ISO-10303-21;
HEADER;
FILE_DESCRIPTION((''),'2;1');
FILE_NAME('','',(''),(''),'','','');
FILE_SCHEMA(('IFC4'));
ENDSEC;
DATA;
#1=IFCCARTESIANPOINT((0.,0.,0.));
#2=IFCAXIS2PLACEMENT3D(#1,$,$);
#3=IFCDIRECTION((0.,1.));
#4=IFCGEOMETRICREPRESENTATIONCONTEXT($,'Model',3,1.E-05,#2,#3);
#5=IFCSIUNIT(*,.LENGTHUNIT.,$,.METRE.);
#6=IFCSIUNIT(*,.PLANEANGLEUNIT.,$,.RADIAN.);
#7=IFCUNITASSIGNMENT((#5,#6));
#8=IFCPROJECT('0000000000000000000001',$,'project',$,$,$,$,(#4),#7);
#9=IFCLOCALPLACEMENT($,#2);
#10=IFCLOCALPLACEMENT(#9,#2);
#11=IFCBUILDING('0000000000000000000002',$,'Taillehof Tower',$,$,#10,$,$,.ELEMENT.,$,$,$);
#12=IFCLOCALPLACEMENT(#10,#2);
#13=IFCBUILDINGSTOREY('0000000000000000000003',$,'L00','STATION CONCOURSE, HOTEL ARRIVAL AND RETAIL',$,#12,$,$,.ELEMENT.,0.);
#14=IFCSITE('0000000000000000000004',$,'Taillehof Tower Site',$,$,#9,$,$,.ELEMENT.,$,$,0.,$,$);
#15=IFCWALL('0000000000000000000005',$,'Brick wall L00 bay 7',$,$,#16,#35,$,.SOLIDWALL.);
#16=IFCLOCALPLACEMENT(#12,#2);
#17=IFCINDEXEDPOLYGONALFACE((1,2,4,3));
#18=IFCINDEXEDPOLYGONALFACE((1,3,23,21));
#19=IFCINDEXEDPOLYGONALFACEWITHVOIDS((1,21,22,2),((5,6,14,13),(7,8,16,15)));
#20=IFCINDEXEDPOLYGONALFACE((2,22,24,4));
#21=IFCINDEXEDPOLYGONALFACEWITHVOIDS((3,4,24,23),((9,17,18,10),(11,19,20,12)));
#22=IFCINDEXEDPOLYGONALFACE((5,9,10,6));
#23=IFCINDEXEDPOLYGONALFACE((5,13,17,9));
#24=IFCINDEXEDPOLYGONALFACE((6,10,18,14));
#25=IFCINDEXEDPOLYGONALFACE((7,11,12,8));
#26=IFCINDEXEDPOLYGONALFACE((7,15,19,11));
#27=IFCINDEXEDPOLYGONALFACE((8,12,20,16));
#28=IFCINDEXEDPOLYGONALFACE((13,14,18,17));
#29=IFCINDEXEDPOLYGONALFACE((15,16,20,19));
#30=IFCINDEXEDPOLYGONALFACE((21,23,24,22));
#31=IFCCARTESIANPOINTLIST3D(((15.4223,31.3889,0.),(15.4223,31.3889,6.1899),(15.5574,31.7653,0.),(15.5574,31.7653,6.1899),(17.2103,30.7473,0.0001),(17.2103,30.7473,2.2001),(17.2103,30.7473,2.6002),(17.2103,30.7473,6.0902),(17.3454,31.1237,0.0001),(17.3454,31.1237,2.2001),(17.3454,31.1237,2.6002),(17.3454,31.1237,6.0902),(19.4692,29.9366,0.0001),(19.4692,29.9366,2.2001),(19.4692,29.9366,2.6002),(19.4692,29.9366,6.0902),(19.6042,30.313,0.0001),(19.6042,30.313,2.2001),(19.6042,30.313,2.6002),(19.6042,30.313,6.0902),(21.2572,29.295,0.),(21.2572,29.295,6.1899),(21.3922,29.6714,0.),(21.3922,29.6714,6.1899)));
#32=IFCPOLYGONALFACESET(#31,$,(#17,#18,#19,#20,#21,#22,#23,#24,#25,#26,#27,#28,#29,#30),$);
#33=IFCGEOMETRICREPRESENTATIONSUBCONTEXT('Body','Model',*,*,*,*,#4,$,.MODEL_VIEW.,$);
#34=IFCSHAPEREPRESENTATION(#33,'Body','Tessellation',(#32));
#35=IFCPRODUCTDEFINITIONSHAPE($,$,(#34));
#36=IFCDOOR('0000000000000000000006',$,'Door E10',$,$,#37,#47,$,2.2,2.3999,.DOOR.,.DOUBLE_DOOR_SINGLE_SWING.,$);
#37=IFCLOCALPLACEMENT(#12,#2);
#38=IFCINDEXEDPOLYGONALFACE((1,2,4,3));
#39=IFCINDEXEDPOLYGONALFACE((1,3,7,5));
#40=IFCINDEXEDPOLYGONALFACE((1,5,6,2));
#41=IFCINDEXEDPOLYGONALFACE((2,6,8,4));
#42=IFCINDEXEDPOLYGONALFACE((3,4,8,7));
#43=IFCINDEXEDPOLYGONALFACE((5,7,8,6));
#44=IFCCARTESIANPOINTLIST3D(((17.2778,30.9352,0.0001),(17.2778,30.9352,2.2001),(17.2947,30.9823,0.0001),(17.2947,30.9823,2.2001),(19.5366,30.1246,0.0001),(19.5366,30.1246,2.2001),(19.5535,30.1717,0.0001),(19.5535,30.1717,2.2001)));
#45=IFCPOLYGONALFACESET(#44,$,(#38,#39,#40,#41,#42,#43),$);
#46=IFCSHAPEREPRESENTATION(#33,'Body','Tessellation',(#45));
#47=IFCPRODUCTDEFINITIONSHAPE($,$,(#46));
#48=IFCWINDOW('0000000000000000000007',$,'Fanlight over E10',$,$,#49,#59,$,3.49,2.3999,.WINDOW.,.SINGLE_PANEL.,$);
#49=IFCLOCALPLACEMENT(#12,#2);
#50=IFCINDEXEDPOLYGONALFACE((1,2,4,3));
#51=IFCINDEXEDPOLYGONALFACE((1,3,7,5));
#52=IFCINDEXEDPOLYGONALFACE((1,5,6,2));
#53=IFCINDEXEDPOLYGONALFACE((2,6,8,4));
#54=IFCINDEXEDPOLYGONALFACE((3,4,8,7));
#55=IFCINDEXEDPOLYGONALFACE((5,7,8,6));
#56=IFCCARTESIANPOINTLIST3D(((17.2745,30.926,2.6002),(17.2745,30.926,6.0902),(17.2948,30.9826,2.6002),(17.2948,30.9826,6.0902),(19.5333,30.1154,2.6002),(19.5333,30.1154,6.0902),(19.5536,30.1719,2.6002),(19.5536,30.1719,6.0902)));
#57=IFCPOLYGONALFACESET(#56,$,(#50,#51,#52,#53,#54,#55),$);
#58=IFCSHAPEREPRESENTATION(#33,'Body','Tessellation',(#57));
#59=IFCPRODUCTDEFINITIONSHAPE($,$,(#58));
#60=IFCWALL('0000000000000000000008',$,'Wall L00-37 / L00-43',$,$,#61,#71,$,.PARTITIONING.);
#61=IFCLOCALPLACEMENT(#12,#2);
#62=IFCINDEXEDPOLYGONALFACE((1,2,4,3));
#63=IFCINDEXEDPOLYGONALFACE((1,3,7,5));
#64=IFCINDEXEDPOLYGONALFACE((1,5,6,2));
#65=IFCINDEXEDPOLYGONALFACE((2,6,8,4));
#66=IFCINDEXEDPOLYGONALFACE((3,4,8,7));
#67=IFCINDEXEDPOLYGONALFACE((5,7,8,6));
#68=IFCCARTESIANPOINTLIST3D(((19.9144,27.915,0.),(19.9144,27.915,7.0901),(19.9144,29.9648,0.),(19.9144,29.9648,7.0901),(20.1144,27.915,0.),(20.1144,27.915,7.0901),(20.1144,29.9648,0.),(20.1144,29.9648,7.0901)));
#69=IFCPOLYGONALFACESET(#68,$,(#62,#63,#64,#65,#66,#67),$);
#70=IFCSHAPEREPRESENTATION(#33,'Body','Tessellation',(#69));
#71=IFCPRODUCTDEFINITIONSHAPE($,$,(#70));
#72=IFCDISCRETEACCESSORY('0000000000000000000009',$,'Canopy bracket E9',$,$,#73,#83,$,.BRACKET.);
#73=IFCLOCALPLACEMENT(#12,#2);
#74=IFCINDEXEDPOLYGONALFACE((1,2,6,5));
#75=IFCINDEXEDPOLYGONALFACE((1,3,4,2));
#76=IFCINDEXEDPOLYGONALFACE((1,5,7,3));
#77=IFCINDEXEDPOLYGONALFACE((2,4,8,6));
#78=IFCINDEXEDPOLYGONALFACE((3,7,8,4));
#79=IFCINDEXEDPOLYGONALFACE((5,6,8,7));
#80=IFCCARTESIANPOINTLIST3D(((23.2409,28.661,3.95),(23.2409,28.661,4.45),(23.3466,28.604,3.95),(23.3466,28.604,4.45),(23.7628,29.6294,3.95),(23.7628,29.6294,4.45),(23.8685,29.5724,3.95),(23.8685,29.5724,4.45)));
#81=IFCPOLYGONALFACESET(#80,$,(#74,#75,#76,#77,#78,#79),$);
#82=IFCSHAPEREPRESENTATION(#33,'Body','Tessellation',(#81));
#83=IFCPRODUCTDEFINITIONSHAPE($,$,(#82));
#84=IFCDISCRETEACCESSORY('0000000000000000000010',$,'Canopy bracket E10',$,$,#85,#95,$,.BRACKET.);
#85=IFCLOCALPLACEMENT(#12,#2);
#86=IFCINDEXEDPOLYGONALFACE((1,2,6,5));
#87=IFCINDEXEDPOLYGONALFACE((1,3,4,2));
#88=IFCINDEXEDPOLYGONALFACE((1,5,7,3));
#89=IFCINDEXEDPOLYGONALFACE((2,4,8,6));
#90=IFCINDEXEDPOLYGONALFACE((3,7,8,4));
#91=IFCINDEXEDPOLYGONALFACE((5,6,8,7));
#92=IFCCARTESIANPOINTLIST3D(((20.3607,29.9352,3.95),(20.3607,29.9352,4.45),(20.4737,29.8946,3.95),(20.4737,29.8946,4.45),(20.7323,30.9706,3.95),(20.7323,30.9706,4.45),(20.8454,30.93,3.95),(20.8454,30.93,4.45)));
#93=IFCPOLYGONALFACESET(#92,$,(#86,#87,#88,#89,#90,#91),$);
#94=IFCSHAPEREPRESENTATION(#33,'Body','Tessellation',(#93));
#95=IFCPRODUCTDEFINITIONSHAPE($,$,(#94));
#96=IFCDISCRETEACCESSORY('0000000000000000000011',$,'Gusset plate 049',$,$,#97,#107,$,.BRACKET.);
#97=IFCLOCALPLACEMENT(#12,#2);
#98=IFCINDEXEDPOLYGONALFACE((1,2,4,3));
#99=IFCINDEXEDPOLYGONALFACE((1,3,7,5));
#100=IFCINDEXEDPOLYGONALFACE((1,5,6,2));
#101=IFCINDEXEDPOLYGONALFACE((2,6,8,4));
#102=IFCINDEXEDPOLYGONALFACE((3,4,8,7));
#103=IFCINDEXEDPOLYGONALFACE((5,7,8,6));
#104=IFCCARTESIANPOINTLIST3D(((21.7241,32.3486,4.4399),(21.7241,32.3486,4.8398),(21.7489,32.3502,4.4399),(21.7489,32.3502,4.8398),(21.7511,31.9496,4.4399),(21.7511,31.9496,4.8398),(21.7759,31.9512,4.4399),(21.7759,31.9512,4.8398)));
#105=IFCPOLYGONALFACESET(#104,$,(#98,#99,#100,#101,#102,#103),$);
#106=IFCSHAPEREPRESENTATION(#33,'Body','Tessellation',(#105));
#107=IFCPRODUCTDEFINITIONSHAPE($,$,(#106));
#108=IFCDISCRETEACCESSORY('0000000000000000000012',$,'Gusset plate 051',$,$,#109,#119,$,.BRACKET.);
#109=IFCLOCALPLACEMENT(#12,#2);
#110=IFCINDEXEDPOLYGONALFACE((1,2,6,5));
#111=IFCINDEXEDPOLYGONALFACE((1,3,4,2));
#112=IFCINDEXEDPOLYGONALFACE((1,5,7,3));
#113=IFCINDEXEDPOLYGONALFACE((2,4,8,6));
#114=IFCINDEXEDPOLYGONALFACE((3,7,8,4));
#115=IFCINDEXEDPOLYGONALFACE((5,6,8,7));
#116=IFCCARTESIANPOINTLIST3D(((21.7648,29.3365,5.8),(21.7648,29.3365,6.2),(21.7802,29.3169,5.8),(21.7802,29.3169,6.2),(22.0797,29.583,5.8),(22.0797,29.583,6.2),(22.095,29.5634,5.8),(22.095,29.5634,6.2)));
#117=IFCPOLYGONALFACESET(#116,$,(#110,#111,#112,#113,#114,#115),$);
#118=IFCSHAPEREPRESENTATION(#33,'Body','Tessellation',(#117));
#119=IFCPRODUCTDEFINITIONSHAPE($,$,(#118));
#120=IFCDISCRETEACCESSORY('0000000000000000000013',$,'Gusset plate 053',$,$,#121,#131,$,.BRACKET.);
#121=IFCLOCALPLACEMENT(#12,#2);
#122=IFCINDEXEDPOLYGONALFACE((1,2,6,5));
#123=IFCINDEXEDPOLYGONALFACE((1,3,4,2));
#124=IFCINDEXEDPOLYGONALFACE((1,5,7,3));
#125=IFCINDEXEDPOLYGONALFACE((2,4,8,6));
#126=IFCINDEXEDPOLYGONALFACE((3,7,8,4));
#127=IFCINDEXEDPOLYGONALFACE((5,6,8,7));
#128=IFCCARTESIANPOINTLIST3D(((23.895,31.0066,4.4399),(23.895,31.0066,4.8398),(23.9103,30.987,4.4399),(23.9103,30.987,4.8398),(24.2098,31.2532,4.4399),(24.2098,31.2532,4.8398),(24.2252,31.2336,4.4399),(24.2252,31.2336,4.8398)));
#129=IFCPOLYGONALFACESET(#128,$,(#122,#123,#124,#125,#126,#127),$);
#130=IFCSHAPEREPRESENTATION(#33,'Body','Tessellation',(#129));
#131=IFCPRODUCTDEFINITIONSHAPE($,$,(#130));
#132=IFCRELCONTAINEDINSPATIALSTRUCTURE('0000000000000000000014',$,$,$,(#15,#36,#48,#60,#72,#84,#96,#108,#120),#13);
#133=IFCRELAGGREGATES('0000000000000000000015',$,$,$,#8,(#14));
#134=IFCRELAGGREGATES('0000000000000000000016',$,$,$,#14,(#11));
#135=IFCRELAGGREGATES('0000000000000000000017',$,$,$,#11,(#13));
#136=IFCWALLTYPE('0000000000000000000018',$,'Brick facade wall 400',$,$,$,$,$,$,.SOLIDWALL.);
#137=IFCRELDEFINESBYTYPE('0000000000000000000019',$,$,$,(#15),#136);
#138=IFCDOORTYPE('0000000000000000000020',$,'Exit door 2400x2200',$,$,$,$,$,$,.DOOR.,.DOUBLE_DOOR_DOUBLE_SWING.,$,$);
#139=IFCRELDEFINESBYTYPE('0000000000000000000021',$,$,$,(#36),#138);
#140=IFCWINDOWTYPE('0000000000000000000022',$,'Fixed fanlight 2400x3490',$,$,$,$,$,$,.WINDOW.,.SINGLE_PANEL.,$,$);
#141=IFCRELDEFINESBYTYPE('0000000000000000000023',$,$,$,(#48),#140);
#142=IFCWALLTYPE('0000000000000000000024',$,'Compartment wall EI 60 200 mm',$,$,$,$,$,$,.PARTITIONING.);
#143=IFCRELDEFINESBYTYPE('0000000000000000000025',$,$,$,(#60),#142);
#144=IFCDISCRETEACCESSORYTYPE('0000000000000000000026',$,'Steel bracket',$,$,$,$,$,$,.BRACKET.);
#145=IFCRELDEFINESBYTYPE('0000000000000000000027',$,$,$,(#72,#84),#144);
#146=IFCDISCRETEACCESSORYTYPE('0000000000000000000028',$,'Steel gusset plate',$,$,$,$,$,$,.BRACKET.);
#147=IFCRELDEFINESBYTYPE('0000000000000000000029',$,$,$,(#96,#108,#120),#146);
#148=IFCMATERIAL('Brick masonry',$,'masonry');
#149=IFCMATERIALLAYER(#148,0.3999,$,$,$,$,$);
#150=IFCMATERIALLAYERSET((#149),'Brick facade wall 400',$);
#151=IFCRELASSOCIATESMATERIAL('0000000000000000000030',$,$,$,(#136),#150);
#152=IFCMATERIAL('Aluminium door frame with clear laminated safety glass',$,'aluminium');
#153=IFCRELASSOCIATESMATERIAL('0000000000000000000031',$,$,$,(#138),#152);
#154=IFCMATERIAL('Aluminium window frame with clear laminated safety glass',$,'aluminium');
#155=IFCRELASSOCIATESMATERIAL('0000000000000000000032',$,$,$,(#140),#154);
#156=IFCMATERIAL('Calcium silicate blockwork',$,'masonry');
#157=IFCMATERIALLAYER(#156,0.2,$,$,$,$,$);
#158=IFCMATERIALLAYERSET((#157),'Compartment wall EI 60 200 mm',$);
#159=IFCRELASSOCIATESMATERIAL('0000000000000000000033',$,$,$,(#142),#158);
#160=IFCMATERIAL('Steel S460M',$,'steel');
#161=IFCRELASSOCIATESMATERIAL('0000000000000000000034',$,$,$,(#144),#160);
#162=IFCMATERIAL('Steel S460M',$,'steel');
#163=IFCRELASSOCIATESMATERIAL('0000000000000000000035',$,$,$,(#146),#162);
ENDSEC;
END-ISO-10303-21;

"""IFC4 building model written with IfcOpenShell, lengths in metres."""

from ifc_helpers import new_model, si_unit, direction, frame, frame_2d, origin, origin_2d, place, context, subcontext, project, spatial, rectangle, extrude, material, layer, layer_set, type_object, element, fill, save


model = new_model("IFC4")

# Units and contexts
model_context = context("Model", 3, precision=1e-05, world=origin(), true_north=direction((0.0, 1.0)))
body_context = subcontext(model_context, "Body", "Model", "MODEL_VIEW")
ifc_project = project(units=[si_unit("LENGTHUNIT", "METRE"), si_unit("PLANEANGLEUNIT", "RADIAN")], contexts=[model_context])

# Site, building, storey
site_placement = place(None, origin())
site = spatial("IfcSite", under=ifc_project, at=site_placement, Name="Taillehof Tower Site", CompositionType="ELEMENT", RefElevation=0.0)
building_placement = place(site_placement, origin())
building = spatial("IfcBuilding", under=site, at=building_placement, Name="Taillehof Tower", CompositionType="ELEMENT")
storey_placement = place(building_placement, origin())
storey = spatial("IfcBuildingStorey", under=building, at=storey_placement, Name="L00", Description="STATION CONCOURSE, HOTEL ARRIVAL AND RETAIL", CompositionType="ELEMENT", Elevation=0.0)

# Wall, openings, door, window
ifc_material_1 = material(Name="Brick masonry", Category="masonry")
ifc_layer_1 = layer(ifc_material_1, 0.3999)
ifc_layer_set_1 = layer_set([ifc_layer_1], Name="Brick facade wall 400")
wall_type_1 = type_object("IfcWallType", Name="Brick facade wall 400", PredefinedType="SOLIDWALL", material=ifc_layer_set_1)
wall_1_placement = place(storey_placement, frame((21.3247, 29.4832, 0.0), z_axis=(0.0, 0.0, 1.0), x_axis=(-0.941226, 0.337778, 0.0)))
wall_1 = element("IfcWall", 1, at=wall_1_placement, inside=storey, type_object=wall_type_1, Name="Brick wall L00 bay 7", PredefinedType="SOLIDWALL", context=body_context, shape_type="SweptSolid", body=[
    extrude(rectangle(XDim=6.1992, YDim=0.3999, at=frame_2d((3.0996, 0.0))), origin(), (0.0, 0.0, 1.0), 6.1899),
])
opening_1_placement = place(wall_1_placement, frame((1.8997, 0.0, 0.0)))
opening_1 = element("IfcOpeningElement", 2, at=opening_1_placement, cuts=wall_1, PredefinedType="OPENING", context=body_context, shape_type="SweptSolid", body=[
    extrude(rectangle(XDim=2.3999, YDim=2.2, at=frame_2d((1.2, 1.1001))), frame((0.0, 0.21, 0.0), z_axis=(0.0, -1.0, 0.0), x_axis=(1.0, 0.0, 0.0)), (0.0, 0.0, 1.0), 0.4199),
])
opening_2_placement = place(wall_1_placement, frame((1.8997, 0.0, 2.6001)))
opening_2 = element("IfcOpeningElement", 3, at=opening_2_placement, cuts=wall_1, PredefinedType="OPENING", context=body_context, shape_type="SweptSolid", body=[
    extrude(rectangle(XDim=2.3999, YDim=3.49, at=frame_2d((1.2, 1.7451))), frame((0.0, 0.21, 0.0), z_axis=(0.0, -1.0, 0.0), x_axis=(1.0, 0.0, 0.0)), (0.0, 0.0, 1.0), 0.4199),
])
ifc_material_2 = material(Name="Aluminium door frame with clear laminated safety glass", Category="aluminium")
door_type = type_object("IfcDoorType", Name="Exit door 2400x2200", OperationType="DOUBLE_DOOR_DOUBLE_SWING", PredefinedType="DOOR", material=ifc_material_2)
door_placement = place(opening_1_placement, frame((2.3999, 0.0, 0.0), z_axis=(0.0, 0.0, 1.0), x_axis=(-1.0, 0.0, 0.0)))
door = element("IfcDoor", 4, at=door_placement, inside=storey, type_object=door_type, Name="Door E10", OperationType="DOUBLE_DOOR_SINGLE_SWING", OverallHeight=2.2, OverallWidth=2.3999, PredefinedType="DOOR", context=body_context, shape_type="SweptSolid", body=[
    extrude(rectangle(XDim=2.3999, YDim=2.2, at=frame_2d((1.2, 1.1001))), frame((0.0, 0.0498, 0.0), z_axis=(0.0, -1.0, 0.0), x_axis=(1.0, 0.0, 0.0)), (0.0, 0.0, 1.0), 0.05),
])
fill(opening_1, door)
ifc_material_3 = material(Name="Aluminium window frame with clear laminated safety glass", Category="aluminium")
window_type = type_object("IfcWindowType", Name="Fixed fanlight 2400x3490", PartitioningType="SINGLE_PANEL", PredefinedType="WINDOW", material=ifc_material_3)
window_placement = place(opening_2_placement, origin())
window = element("IfcWindow", 5, at=window_placement, inside=storey, type_object=window_type, Name="Fanlight over E10", OverallHeight=3.49, OverallWidth=2.3999, PartitioningType="SINGLE_PANEL", PredefinedType="WINDOW", context=body_context, shape_type="SweptSolid", body=[
    extrude(rectangle(XDim=2.3999, YDim=3.49, at=frame_2d((1.2, 1.7451))), frame((0.0, 0.01, 0.0), z_axis=(0.0, -1.0, 0.0), x_axis=(1.0, 0.0, 0.0)), (0.0, 0.0, 1.0), 0.0601),
])
fill(opening_2, window)

# Wall
ifc_material_4 = material(Name="Calcium silicate blockwork", Category="masonry")
ifc_layer_2 = layer(ifc_material_4, 0.2)
ifc_layer_set_2 = layer_set([ifc_layer_2], Name="Compartment wall EI 60 200 mm")
wall_type_2 = type_object("IfcWallType", Name="Compartment wall EI 60 200 mm", PredefinedType="PARTITIONING", material=ifc_layer_set_2)
wall_2_placement = place(storey_placement, frame((20.0144, 27.915, 0.0), z_axis=(0.0, 0.0, 1.0), x_axis=(0.0, 1.0, 0.0)))
element("IfcWall", 6, at=wall_2_placement, inside=storey, type_object=wall_type_2, Name="Wall L00-37 / L00-43", PredefinedType="PARTITIONING", context=body_context, shape_type="SweptSolid", body=[
    extrude(rectangle(XDim=2.0498, YDim=0.2, at=frame_2d((1.0249, 0.0))), origin(), (0.0, 0.0, 1.0), 7.0901),
])

# Discrete accessories
ifc_material_5 = material(Name="Steel S460M", Category="steel")
discrete_accessory_type_1 = type_object("IfcDiscreteAccessoryType", Name="Steel bracket", PredefinedType="BRACKET", material=ifc_material_5)
for number, where, z_axis, x_axis, name in (
    (7, (23.5547, 29.1167, 3.95), (0.0, 0.0, 1.0), (0.474415, 0.880301, 0.0), "Canopy bracket E9"),
    (8, (20.603, 30.4326, 3.95), (0.0, 0.0, 1.0), (0.337798, 0.941218, 0.0), "Canopy bracket E10"),
):
    element("IfcDiscreteAccessory", number, at=place(storey_placement, frame(where, z_axis=z_axis, x_axis=x_axis)), inside=storey, type_object=discrete_accessory_type_1, Name=name, PredefinedType="BRACKET", context=body_context, shape_type="SweptSolid", body=[
        extrude(rectangle(XDim=1.1001, YDim=0.1201, at=origin_2d()), origin(), (0.0, 0.0, 1.0), 0.5),
    ])
ifc_material_6 = material(Name="Steel S460M", Category="steel")
discrete_accessory_type_2 = type_object("IfcDiscreteAccessoryType", Name="Steel gusset plate", PredefinedType="BRACKET", material=ifc_material_6)
for number, where, z_axis, x_axis, name in (
    (9, (21.75, 32.1499, 4.4399), (0.0, 0.0, 1.0), (0.067477, -0.997721, 0.0), "Gusset plate 049"),
    (10, (21.9299, 29.45, 5.8), (0.0, 0.0, 1.0), (-0.787273, -0.616605, 0.0), "Gusset plate 051"),
    (11, (24.0601, 31.1201, 4.4399), (0.0, 0.0, 1.0), (-0.787273, -0.616605, 0.0), "Gusset plate 053"),
):
    element("IfcDiscreteAccessory", number, at=place(storey_placement, frame(where, z_axis=z_axis, x_axis=x_axis)), inside=storey, type_object=discrete_accessory_type_2, Name=name, PredefinedType="BRACKET", context=body_context, shape_type="SweptSolid", body=[
        extrude(rectangle(XDim=0.3999, YDim=0.0249, at=origin_2d()), origin(), (0.0, 0.0, 1.0), 0.3999),
    ])

save(model, "model.ifc")
